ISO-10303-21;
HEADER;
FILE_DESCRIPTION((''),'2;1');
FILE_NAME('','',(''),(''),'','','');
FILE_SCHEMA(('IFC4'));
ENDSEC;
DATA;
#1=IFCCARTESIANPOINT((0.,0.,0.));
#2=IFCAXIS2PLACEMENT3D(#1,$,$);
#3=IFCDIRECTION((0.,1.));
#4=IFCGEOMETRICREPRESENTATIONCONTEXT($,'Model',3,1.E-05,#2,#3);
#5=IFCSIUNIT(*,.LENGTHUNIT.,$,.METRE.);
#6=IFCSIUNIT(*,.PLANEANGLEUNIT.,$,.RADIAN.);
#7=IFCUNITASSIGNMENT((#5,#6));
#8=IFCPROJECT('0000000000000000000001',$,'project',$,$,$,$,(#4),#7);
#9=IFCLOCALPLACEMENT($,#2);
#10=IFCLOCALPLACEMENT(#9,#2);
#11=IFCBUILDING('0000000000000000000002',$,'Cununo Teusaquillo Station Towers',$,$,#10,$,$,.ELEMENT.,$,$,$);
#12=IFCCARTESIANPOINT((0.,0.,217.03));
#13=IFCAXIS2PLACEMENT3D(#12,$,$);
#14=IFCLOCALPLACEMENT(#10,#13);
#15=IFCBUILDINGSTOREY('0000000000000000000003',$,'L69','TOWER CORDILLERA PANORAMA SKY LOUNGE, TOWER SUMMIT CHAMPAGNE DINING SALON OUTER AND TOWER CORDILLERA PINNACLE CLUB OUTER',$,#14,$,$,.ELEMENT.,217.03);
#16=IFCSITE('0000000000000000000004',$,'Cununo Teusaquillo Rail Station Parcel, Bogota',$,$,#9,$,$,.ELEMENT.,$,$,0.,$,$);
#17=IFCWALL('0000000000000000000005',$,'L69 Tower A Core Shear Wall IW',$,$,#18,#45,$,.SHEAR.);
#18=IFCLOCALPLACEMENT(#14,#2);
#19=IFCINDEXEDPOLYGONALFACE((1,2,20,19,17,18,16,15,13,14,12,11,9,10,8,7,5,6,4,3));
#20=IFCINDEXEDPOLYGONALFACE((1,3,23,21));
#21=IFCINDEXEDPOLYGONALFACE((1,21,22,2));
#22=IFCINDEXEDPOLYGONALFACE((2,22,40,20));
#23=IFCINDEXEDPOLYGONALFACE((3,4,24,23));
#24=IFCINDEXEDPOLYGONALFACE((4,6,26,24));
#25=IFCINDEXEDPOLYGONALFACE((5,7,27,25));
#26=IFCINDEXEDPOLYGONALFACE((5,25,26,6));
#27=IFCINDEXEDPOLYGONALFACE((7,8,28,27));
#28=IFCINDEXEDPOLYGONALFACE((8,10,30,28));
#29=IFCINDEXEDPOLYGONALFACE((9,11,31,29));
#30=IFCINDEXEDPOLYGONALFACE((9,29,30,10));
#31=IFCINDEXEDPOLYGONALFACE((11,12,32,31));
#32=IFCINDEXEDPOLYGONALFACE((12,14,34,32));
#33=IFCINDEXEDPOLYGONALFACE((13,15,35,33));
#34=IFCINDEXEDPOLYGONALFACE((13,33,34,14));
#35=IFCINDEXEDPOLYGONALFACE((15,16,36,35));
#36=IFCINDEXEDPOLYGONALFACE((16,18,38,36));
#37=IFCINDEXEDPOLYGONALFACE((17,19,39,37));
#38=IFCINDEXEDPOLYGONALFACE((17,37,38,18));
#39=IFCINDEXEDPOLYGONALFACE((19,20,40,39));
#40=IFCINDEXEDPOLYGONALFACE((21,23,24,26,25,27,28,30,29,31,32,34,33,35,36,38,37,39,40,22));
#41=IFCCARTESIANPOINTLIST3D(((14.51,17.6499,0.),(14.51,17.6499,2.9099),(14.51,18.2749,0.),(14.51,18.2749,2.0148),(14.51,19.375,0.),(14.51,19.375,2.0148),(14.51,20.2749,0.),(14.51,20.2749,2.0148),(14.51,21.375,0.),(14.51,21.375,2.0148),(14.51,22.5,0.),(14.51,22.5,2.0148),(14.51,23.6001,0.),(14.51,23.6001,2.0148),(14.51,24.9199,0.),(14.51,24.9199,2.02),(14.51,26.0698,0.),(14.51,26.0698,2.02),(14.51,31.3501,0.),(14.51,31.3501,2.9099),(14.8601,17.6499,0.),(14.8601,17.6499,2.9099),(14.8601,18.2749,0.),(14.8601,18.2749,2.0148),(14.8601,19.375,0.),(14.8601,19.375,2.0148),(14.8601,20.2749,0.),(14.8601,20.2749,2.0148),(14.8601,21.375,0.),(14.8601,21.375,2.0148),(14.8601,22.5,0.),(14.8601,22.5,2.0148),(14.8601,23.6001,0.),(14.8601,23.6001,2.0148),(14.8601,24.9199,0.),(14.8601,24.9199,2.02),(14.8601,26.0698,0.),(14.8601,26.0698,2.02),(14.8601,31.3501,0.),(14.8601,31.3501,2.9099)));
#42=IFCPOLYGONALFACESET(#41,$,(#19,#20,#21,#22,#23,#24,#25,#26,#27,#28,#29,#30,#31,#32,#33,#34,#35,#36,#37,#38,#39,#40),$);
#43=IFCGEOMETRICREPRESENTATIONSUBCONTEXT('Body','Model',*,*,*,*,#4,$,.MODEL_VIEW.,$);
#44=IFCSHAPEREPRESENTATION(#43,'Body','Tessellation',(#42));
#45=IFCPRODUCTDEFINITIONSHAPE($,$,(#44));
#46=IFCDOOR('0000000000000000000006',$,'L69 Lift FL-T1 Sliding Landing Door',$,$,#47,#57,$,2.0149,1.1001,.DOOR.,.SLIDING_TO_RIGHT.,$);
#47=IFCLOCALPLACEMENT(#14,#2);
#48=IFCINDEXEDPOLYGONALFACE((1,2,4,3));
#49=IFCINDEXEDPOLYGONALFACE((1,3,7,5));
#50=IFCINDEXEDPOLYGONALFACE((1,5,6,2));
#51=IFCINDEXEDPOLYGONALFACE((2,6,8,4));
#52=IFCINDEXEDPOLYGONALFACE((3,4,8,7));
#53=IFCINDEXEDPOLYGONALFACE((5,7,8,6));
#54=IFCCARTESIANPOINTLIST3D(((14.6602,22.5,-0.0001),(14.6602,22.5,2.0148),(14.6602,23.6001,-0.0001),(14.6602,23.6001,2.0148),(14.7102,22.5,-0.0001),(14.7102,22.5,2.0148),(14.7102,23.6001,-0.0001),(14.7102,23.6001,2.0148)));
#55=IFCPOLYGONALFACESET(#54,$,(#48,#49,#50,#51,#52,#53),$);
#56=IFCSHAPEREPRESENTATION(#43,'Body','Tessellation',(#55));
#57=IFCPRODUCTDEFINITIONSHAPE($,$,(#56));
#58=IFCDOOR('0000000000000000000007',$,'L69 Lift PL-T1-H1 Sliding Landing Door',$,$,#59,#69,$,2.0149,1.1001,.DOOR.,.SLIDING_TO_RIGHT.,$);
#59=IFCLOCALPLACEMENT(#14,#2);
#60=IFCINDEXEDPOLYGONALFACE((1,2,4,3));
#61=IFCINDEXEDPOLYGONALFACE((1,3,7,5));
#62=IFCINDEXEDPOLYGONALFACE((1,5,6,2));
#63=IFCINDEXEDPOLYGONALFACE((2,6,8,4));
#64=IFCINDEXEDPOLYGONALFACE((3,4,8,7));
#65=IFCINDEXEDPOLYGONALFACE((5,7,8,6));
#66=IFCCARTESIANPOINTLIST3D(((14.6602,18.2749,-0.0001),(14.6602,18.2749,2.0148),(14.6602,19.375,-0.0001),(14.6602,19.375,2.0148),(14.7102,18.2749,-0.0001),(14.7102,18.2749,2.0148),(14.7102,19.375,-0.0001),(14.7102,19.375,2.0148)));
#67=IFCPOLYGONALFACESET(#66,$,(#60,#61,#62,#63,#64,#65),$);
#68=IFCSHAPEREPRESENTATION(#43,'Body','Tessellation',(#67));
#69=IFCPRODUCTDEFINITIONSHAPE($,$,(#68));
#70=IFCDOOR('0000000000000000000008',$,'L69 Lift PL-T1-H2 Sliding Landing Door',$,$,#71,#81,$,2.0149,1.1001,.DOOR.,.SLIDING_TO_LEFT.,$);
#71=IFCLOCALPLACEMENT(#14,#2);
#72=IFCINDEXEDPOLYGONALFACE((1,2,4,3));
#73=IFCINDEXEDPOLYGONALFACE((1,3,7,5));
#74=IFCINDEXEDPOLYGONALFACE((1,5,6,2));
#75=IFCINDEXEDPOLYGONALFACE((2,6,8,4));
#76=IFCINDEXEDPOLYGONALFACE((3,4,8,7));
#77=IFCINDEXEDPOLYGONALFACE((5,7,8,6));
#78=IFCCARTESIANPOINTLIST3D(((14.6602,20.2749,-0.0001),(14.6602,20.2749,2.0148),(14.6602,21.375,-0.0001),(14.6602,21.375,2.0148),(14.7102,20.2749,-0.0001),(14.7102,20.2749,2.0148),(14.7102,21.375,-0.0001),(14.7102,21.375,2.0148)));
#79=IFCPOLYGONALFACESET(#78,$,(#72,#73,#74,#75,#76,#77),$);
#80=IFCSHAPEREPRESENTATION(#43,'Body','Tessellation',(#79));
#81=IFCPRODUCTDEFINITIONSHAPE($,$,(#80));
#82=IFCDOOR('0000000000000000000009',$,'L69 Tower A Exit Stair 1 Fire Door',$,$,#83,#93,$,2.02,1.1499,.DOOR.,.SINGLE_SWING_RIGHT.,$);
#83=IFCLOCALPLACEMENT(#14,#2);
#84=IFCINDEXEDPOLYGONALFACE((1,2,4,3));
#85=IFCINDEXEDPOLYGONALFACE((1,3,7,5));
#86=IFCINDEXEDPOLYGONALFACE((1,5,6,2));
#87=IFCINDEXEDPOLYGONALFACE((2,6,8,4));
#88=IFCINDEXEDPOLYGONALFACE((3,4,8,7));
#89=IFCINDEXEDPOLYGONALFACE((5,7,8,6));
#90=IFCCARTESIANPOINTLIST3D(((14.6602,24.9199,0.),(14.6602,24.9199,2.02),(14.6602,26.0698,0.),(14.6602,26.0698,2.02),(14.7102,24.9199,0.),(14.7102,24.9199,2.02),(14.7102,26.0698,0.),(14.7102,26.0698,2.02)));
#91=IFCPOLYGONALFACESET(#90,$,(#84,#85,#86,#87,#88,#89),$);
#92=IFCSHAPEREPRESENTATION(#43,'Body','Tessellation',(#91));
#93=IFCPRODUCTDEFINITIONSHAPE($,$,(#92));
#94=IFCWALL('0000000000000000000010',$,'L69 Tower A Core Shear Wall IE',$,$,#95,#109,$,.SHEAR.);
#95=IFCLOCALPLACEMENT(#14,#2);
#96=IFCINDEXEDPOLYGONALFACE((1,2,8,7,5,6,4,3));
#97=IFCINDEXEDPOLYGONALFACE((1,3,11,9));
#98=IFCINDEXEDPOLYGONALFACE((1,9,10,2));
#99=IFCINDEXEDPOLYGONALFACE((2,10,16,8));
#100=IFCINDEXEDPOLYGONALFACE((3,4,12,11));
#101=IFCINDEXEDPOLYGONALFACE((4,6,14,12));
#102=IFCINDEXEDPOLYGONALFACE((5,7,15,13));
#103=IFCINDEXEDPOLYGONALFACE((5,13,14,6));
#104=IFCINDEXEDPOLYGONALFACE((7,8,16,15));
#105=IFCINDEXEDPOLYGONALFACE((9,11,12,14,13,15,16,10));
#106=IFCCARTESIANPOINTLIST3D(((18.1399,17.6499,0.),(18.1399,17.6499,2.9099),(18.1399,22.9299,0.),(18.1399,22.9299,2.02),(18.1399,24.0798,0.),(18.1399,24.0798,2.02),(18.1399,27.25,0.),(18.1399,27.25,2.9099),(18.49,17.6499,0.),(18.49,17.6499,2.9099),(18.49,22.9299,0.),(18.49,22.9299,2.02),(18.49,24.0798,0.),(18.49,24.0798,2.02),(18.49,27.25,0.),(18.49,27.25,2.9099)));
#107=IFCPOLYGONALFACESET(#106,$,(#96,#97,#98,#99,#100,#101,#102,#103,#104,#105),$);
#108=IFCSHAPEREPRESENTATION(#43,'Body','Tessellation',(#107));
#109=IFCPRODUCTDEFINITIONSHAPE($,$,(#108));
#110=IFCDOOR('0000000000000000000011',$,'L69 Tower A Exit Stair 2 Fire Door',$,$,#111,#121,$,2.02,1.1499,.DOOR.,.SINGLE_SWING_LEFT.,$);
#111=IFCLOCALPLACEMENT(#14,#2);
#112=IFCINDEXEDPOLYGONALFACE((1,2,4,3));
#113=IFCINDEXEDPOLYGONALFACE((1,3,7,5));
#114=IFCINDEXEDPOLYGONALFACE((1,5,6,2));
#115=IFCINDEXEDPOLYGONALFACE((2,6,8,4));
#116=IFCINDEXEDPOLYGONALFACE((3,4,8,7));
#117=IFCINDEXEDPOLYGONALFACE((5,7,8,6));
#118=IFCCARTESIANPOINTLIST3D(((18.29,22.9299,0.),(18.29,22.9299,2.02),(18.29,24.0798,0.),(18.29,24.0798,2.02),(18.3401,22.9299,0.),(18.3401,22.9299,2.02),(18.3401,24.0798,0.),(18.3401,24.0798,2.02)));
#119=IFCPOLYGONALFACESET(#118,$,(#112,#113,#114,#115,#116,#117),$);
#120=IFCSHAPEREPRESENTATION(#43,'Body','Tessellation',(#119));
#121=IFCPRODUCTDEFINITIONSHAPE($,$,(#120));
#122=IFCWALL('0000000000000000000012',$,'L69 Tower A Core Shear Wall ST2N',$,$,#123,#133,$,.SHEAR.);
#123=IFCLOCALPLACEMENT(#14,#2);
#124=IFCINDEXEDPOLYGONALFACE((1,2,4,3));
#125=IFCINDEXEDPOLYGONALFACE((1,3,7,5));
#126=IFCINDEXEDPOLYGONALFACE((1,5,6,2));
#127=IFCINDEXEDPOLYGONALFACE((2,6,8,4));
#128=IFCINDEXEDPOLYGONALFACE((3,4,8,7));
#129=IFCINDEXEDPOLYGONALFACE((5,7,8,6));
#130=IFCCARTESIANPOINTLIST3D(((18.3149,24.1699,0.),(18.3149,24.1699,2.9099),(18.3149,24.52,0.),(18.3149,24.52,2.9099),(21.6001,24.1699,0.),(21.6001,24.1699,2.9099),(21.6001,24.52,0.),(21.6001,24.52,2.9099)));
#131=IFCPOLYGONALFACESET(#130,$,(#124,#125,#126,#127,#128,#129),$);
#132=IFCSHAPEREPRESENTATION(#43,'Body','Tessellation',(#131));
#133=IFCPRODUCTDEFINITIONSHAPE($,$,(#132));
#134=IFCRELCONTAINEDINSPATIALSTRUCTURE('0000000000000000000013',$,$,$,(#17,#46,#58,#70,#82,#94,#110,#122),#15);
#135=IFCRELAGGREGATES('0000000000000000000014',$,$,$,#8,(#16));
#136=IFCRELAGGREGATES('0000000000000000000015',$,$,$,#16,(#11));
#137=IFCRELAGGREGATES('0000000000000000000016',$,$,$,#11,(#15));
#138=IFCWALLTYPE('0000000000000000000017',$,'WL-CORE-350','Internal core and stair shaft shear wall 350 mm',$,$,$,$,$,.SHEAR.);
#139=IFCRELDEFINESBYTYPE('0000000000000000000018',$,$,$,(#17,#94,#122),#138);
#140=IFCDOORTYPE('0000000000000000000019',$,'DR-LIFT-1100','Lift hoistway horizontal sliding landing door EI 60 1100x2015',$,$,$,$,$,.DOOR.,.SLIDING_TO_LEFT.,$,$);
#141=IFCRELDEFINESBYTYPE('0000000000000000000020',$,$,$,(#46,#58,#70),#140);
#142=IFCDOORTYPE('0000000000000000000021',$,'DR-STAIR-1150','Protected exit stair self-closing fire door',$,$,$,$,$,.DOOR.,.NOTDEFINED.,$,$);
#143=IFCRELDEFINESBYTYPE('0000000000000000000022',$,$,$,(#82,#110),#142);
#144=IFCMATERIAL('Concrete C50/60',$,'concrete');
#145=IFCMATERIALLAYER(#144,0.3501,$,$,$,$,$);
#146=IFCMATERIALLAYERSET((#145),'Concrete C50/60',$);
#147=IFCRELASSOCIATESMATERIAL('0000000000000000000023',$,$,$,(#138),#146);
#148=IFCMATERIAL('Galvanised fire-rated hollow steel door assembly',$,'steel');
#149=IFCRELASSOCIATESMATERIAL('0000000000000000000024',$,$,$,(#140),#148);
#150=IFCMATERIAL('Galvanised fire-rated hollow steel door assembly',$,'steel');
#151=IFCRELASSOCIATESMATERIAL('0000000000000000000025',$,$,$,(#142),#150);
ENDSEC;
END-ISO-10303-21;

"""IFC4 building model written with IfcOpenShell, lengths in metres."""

from ifc_helpers import new_model, si_unit, direction, frame, frame_2d, origin, place, context, subcontext, project, spatial, rectangle, extrude, source, transform, mapped, material, layer, layer_set, type_object, element, fill, save


model = new_model("IFC4")

# Units and contexts
model_context = context("Model", 3, precision=1e-05, world=origin(), true_north=direction((0.0, 1.0)))
body_context = subcontext(model_context, "Body", "Model", "MODEL_VIEW")
ifc_project = project(units=[si_unit("LENGTHUNIT", "METRE"), si_unit("PLANEANGLEUNIT", "RADIAN")], contexts=[model_context])

# Site, building, storey
site_placement = place(None, origin())
site = spatial("IfcSite", under=ifc_project, at=site_placement, Name="Cununo Teusaquillo Rail Station Parcel, Bogota", CompositionType="ELEMENT", RefElevation=0.0)
building_placement = place(site_placement, origin())
building = spatial("IfcBuilding", under=site, at=building_placement, Name="Cununo Teusaquillo Station Towers", CompositionType="ELEMENT")
storey_placement = place(building_placement, frame((0.0, 0.0, 217.03)))
storey = spatial("IfcBuildingStorey", under=building, at=storey_placement, Name="L69", Description="TOWER CORDILLERA PANORAMA SKY LOUNGE, TOWER SUMMIT CHAMPAGNE DINING SALON OUTER AND TOWER CORDILLERA PINNACLE CLUB OUTER", CompositionType="ELEMENT", Elevation=217.03)

# Wall, openings, doors
ifc_material_1 = material(Name="Concrete C50/60", Category="concrete")
ifc_layer_1 = layer(ifc_material_1, 0.3501)
ifc_layer_set_1 = layer_set([ifc_layer_1], Name="Concrete C50/60")
wall_type_1 = type_object("IfcWallType", Name="WL-CORE-350", Description="Internal core and stair shaft shear wall 350 mm", PredefinedType="SHEAR", material=ifc_layer_set_1)
wall_1_placement = place(storey_placement, frame((14.6851, 17.6499, 0.0), z_axis=(0.0, 0.0, 1.0), x_axis=(0.0, 1.0, 0.0)))
wall_1 = element("IfcWall", 1, at=wall_1_placement, inside=storey, type_object=wall_type_1, Name="L69 Tower A Core Shear Wall IW", PredefinedType="SHEAR", context=body_context, shape_type="SweptSolid", body=[
    extrude(rectangle(XDim=13.7002, YDim=0.3501, at=frame_2d((6.8501, 0.0))), origin(), (0.0, 0.0, 1.0), 2.9099),
])
shared_shape_1 = source(origin(), body_context, "Body", "SweptSolid", [
    extrude(rectangle(XDim=1.1001, YDim=2.0149, at=frame_2d((0.55, 1.0073))), frame((0.0, 0.1851, 0.0), z_axis=(0.0, -1.0, 0.0), x_axis=(1.0, 0.0, 0.0)), (0.0, 0.0, 1.0), 0.3701),
])
opening_1_placement = place(wall_1_placement, frame((4.8501, 0.0, 0.0)))
opening_1 = element("IfcOpeningElement", 2, at=opening_1_placement, cuts=wall_1, PredefinedType="OPENING", context=body_context, shape_type="MappedRepresentation", body=[
    mapped(shared_shape_1, transform((0.0, 0.0, 0.0), x_axis=(1.0, 0.0, 0.0), y_axis=(0.0, 1.0, 0.0), z_axis=(0.0, 0.0, 1.0), scale=1.0)),
])
opening_2_placement = place(wall_1_placement, frame((0.625, 0.0, 0.0)))
opening_2 = element("IfcOpeningElement", 3, at=opening_2_placement, cuts=wall_1, PredefinedType="OPENING", context=body_context, shape_type="MappedRepresentation", body=[
    mapped(shared_shape_1, transform((0.0, 0.0, 0.0), x_axis=(1.0, 0.0, 0.0), y_axis=(0.0, 1.0, 0.0), z_axis=(0.0, 0.0, 1.0), scale=1.0)),
])
opening_3_placement = place(wall_1_placement, frame((2.625, 0.0, 0.0)))
opening_3 = element("IfcOpeningElement", 4, at=opening_3_placement, cuts=wall_1, PredefinedType="OPENING", context=body_context, shape_type="MappedRepresentation", body=[
    mapped(shared_shape_1, transform((0.0, 0.0, 0.0), x_axis=(1.0, 0.0, 0.0), y_axis=(0.0, 1.0, 0.0), z_axis=(0.0, 0.0, 1.0), scale=1.0)),
])
shared_shape_2 = source(origin(), body_context, "Body", "SweptSolid", [
    extrude(rectangle(XDim=1.1499, YDim=2.02, at=frame_2d((0.575, 1.01))), frame((0.0, 0.1851, 0.0), z_axis=(0.0, -1.0, 0.0), x_axis=(1.0, 0.0, 0.0)), (0.0, 0.0, 1.0), 0.3701),
])
opening_4_placement = place(wall_1_placement, frame((7.27, 0.0, 0.0)))
opening_4 = element("IfcOpeningElement", 5, at=opening_4_placement, cuts=wall_1, PredefinedType="OPENING", context=body_context, shape_type="MappedRepresentation", body=[
    mapped(shared_shape_2, transform((0.0, 0.0, 0.0), x_axis=(1.0, 0.0, 0.0), y_axis=(0.0, 1.0, 0.0), z_axis=(0.0, 0.0, 1.0), scale=1.0)),
])
ifc_material_2 = material(Name="Galvanised fire-rated hollow steel door assembly", Category="steel")
door_type_1 = type_object("IfcDoorType", Name="DR-LIFT-1100", Description="Lift hoistway horizontal sliding landing door EI 60 1100x2015", OperationType="SLIDING_TO_LEFT", PredefinedType="DOOR", material=ifc_material_2)
shared_shape_3 = source(origin(), body_context, "Body", "SweptSolid", [
    extrude(rectangle(XDim=1.1001, YDim=2.0149, at=frame_2d((0.55, 1.0073))), frame((0.0, 0.0249, 0.0), z_axis=(0.0, -1.0, 0.0), x_axis=(1.0, 0.0, 0.0)), (0.0, 0.0, 1.0), 0.05),
])
door_1_placement = place(opening_1_placement, origin())
door_1 = element("IfcDoor", 6, at=door_1_placement, inside=storey, type_object=door_type_1, Name="L69 Lift FL-T1 Sliding Landing Door", OperationType="SLIDING_TO_RIGHT", OverallHeight=2.0149, OverallWidth=1.1001, PredefinedType="DOOR", context=body_context, shape_type="MappedRepresentation", body=[
    mapped(shared_shape_3, transform((0.0, 0.0, 0.0), x_axis=(1.0, 0.0, 0.0), y_axis=(0.0, 1.0, 0.0), z_axis=(0.0, 0.0, 1.0), scale=1.0)),
])
fill(opening_1, door_1)
door_2_placement = place(opening_2_placement, origin())
door_2 = element("IfcDoor", 7, at=door_2_placement, inside=storey, type_object=door_type_1, Name="L69 Lift PL-T1-H1 Sliding Landing Door", OperationType="SLIDING_TO_RIGHT", OverallHeight=2.0149, OverallWidth=1.1001, PredefinedType="DOOR", context=body_context, shape_type="MappedRepresentation", body=[
    mapped(shared_shape_3, transform((0.0, 0.0, 0.0), x_axis=(1.0, 0.0, 0.0), y_axis=(0.0, 1.0, 0.0), z_axis=(0.0, 0.0, 1.0), scale=1.0)),
])
fill(opening_2, door_2)
door_3_placement = place(opening_3_placement, origin())
door_3 = element("IfcDoor", 8, at=door_3_placement, inside=storey, type_object=door_type_1, Name="L69 Lift PL-T1-H2 Sliding Landing Door", OperationType="SLIDING_TO_LEFT", OverallHeight=2.0149, OverallWidth=1.1001, PredefinedType="DOOR", context=body_context, shape_type="MappedRepresentation", body=[
    mapped(shared_shape_3, transform((0.0, 0.0, 0.0), x_axis=(1.0, 0.0, 0.0), y_axis=(0.0, 1.0, 0.0), z_axis=(0.0, 0.0, 1.0), scale=1.0)),
])
fill(opening_3, door_3)
ifc_material_3 = material(Name="Galvanised fire-rated hollow steel door assembly", Category="steel")
door_type_2 = type_object("IfcDoorType", Name="DR-STAIR-1150", Description="Protected exit stair self-closing fire door", OperationType="NOTDEFINED", PredefinedType="DOOR", material=ifc_material_3)
shared_shape_4 = source(origin(), body_context, "Body", "SweptSolid", [
    extrude(rectangle(XDim=1.1499, YDim=2.02, at=frame_2d((0.575, 1.01))), frame((0.0, 0.0249, 0.0), z_axis=(0.0, -1.0, 0.0), x_axis=(1.0, 0.0, 0.0)), (0.0, 0.0, 1.0), 0.05),
])
door_4_placement = place(opening_4_placement, origin())
door_4 = element("IfcDoor", 9, at=door_4_placement, inside=storey, type_object=door_type_2, Name="L69 Tower A Exit Stair 1 Fire Door", OperationType="SINGLE_SWING_RIGHT", OverallHeight=2.02, OverallWidth=1.1499, PredefinedType="DOOR", context=body_context, shape_type="MappedRepresentation", body=[
    mapped(shared_shape_4, transform((0.0, 0.0, 0.0), x_axis=(1.0, 0.0, 0.0), y_axis=(0.0, 1.0, 0.0), z_axis=(0.0, 0.0, 1.0), scale=1.0)),
])
fill(opening_4, door_4)

# Wall, opening, door
wall_2_placement = place(storey_placement, frame((18.3149, 17.6499, 0.0), z_axis=(0.0, 0.0, 1.0), x_axis=(0.0, 1.0, 0.0)))
wall_2 = element("IfcWall", 10, at=wall_2_placement, inside=storey, type_object=wall_type_1, Name="L69 Tower A Core Shear Wall IE", PredefinedType="SHEAR", context=body_context, shape_type="SweptSolid", body=[
    extrude(rectangle(XDim=9.6001, YDim=0.3501, at=frame_2d((4.8, 0.0))), origin(), (0.0, 0.0, 1.0), 2.9099),
])
opening_5_placement = place(wall_2_placement, frame((5.28, 0.0, 0.0)))
opening_5 = element("IfcOpeningElement", 11, at=opening_5_placement, cuts=wall_2, PredefinedType="OPENING", context=body_context, shape_type="MappedRepresentation", body=[
    mapped(shared_shape_2, transform((0.0, 0.0, 0.0), x_axis=(1.0, 0.0, 0.0), y_axis=(0.0, 1.0, 0.0), z_axis=(0.0, 0.0, 1.0), scale=1.0)),
])
door_5_placement = place(opening_5_placement, origin())
door_5 = element("IfcDoor", 12, at=door_5_placement, inside=storey, type_object=door_type_2, Name="L69 Tower A Exit Stair 2 Fire Door", OperationType="SINGLE_SWING_LEFT", OverallHeight=2.02, OverallWidth=1.1499, PredefinedType="DOOR", context=body_context, shape_type="MappedRepresentation", body=[
    mapped(shared_shape_4, transform((0.0, 0.0, 0.0), x_axis=(1.0, 0.0, 0.0), y_axis=(0.0, 1.0, 0.0), z_axis=(0.0, 0.0, 1.0), scale=1.0)),
])
fill(opening_5, door_5)

# Wall
wall_3_placement = place(storey_placement, frame((18.3149, 24.345, 0.0), z_axis=(0.0, 0.0, 1.0), x_axis=(1.0, 0.0, 0.0)))
element("IfcWall", 13, at=wall_3_placement, inside=storey, type_object=wall_type_1, Name="L69 Tower A Core Shear Wall ST2N", PredefinedType="SHEAR", context=body_context, shape_type="SweptSolid", body=[
    extrude(rectangle(XDim=3.2852, YDim=0.3501, at=frame_2d((1.6426, 0.0))), origin(), (0.0, 0.0, 1.0), 2.9099),
])

save(model, "model.ifc")
